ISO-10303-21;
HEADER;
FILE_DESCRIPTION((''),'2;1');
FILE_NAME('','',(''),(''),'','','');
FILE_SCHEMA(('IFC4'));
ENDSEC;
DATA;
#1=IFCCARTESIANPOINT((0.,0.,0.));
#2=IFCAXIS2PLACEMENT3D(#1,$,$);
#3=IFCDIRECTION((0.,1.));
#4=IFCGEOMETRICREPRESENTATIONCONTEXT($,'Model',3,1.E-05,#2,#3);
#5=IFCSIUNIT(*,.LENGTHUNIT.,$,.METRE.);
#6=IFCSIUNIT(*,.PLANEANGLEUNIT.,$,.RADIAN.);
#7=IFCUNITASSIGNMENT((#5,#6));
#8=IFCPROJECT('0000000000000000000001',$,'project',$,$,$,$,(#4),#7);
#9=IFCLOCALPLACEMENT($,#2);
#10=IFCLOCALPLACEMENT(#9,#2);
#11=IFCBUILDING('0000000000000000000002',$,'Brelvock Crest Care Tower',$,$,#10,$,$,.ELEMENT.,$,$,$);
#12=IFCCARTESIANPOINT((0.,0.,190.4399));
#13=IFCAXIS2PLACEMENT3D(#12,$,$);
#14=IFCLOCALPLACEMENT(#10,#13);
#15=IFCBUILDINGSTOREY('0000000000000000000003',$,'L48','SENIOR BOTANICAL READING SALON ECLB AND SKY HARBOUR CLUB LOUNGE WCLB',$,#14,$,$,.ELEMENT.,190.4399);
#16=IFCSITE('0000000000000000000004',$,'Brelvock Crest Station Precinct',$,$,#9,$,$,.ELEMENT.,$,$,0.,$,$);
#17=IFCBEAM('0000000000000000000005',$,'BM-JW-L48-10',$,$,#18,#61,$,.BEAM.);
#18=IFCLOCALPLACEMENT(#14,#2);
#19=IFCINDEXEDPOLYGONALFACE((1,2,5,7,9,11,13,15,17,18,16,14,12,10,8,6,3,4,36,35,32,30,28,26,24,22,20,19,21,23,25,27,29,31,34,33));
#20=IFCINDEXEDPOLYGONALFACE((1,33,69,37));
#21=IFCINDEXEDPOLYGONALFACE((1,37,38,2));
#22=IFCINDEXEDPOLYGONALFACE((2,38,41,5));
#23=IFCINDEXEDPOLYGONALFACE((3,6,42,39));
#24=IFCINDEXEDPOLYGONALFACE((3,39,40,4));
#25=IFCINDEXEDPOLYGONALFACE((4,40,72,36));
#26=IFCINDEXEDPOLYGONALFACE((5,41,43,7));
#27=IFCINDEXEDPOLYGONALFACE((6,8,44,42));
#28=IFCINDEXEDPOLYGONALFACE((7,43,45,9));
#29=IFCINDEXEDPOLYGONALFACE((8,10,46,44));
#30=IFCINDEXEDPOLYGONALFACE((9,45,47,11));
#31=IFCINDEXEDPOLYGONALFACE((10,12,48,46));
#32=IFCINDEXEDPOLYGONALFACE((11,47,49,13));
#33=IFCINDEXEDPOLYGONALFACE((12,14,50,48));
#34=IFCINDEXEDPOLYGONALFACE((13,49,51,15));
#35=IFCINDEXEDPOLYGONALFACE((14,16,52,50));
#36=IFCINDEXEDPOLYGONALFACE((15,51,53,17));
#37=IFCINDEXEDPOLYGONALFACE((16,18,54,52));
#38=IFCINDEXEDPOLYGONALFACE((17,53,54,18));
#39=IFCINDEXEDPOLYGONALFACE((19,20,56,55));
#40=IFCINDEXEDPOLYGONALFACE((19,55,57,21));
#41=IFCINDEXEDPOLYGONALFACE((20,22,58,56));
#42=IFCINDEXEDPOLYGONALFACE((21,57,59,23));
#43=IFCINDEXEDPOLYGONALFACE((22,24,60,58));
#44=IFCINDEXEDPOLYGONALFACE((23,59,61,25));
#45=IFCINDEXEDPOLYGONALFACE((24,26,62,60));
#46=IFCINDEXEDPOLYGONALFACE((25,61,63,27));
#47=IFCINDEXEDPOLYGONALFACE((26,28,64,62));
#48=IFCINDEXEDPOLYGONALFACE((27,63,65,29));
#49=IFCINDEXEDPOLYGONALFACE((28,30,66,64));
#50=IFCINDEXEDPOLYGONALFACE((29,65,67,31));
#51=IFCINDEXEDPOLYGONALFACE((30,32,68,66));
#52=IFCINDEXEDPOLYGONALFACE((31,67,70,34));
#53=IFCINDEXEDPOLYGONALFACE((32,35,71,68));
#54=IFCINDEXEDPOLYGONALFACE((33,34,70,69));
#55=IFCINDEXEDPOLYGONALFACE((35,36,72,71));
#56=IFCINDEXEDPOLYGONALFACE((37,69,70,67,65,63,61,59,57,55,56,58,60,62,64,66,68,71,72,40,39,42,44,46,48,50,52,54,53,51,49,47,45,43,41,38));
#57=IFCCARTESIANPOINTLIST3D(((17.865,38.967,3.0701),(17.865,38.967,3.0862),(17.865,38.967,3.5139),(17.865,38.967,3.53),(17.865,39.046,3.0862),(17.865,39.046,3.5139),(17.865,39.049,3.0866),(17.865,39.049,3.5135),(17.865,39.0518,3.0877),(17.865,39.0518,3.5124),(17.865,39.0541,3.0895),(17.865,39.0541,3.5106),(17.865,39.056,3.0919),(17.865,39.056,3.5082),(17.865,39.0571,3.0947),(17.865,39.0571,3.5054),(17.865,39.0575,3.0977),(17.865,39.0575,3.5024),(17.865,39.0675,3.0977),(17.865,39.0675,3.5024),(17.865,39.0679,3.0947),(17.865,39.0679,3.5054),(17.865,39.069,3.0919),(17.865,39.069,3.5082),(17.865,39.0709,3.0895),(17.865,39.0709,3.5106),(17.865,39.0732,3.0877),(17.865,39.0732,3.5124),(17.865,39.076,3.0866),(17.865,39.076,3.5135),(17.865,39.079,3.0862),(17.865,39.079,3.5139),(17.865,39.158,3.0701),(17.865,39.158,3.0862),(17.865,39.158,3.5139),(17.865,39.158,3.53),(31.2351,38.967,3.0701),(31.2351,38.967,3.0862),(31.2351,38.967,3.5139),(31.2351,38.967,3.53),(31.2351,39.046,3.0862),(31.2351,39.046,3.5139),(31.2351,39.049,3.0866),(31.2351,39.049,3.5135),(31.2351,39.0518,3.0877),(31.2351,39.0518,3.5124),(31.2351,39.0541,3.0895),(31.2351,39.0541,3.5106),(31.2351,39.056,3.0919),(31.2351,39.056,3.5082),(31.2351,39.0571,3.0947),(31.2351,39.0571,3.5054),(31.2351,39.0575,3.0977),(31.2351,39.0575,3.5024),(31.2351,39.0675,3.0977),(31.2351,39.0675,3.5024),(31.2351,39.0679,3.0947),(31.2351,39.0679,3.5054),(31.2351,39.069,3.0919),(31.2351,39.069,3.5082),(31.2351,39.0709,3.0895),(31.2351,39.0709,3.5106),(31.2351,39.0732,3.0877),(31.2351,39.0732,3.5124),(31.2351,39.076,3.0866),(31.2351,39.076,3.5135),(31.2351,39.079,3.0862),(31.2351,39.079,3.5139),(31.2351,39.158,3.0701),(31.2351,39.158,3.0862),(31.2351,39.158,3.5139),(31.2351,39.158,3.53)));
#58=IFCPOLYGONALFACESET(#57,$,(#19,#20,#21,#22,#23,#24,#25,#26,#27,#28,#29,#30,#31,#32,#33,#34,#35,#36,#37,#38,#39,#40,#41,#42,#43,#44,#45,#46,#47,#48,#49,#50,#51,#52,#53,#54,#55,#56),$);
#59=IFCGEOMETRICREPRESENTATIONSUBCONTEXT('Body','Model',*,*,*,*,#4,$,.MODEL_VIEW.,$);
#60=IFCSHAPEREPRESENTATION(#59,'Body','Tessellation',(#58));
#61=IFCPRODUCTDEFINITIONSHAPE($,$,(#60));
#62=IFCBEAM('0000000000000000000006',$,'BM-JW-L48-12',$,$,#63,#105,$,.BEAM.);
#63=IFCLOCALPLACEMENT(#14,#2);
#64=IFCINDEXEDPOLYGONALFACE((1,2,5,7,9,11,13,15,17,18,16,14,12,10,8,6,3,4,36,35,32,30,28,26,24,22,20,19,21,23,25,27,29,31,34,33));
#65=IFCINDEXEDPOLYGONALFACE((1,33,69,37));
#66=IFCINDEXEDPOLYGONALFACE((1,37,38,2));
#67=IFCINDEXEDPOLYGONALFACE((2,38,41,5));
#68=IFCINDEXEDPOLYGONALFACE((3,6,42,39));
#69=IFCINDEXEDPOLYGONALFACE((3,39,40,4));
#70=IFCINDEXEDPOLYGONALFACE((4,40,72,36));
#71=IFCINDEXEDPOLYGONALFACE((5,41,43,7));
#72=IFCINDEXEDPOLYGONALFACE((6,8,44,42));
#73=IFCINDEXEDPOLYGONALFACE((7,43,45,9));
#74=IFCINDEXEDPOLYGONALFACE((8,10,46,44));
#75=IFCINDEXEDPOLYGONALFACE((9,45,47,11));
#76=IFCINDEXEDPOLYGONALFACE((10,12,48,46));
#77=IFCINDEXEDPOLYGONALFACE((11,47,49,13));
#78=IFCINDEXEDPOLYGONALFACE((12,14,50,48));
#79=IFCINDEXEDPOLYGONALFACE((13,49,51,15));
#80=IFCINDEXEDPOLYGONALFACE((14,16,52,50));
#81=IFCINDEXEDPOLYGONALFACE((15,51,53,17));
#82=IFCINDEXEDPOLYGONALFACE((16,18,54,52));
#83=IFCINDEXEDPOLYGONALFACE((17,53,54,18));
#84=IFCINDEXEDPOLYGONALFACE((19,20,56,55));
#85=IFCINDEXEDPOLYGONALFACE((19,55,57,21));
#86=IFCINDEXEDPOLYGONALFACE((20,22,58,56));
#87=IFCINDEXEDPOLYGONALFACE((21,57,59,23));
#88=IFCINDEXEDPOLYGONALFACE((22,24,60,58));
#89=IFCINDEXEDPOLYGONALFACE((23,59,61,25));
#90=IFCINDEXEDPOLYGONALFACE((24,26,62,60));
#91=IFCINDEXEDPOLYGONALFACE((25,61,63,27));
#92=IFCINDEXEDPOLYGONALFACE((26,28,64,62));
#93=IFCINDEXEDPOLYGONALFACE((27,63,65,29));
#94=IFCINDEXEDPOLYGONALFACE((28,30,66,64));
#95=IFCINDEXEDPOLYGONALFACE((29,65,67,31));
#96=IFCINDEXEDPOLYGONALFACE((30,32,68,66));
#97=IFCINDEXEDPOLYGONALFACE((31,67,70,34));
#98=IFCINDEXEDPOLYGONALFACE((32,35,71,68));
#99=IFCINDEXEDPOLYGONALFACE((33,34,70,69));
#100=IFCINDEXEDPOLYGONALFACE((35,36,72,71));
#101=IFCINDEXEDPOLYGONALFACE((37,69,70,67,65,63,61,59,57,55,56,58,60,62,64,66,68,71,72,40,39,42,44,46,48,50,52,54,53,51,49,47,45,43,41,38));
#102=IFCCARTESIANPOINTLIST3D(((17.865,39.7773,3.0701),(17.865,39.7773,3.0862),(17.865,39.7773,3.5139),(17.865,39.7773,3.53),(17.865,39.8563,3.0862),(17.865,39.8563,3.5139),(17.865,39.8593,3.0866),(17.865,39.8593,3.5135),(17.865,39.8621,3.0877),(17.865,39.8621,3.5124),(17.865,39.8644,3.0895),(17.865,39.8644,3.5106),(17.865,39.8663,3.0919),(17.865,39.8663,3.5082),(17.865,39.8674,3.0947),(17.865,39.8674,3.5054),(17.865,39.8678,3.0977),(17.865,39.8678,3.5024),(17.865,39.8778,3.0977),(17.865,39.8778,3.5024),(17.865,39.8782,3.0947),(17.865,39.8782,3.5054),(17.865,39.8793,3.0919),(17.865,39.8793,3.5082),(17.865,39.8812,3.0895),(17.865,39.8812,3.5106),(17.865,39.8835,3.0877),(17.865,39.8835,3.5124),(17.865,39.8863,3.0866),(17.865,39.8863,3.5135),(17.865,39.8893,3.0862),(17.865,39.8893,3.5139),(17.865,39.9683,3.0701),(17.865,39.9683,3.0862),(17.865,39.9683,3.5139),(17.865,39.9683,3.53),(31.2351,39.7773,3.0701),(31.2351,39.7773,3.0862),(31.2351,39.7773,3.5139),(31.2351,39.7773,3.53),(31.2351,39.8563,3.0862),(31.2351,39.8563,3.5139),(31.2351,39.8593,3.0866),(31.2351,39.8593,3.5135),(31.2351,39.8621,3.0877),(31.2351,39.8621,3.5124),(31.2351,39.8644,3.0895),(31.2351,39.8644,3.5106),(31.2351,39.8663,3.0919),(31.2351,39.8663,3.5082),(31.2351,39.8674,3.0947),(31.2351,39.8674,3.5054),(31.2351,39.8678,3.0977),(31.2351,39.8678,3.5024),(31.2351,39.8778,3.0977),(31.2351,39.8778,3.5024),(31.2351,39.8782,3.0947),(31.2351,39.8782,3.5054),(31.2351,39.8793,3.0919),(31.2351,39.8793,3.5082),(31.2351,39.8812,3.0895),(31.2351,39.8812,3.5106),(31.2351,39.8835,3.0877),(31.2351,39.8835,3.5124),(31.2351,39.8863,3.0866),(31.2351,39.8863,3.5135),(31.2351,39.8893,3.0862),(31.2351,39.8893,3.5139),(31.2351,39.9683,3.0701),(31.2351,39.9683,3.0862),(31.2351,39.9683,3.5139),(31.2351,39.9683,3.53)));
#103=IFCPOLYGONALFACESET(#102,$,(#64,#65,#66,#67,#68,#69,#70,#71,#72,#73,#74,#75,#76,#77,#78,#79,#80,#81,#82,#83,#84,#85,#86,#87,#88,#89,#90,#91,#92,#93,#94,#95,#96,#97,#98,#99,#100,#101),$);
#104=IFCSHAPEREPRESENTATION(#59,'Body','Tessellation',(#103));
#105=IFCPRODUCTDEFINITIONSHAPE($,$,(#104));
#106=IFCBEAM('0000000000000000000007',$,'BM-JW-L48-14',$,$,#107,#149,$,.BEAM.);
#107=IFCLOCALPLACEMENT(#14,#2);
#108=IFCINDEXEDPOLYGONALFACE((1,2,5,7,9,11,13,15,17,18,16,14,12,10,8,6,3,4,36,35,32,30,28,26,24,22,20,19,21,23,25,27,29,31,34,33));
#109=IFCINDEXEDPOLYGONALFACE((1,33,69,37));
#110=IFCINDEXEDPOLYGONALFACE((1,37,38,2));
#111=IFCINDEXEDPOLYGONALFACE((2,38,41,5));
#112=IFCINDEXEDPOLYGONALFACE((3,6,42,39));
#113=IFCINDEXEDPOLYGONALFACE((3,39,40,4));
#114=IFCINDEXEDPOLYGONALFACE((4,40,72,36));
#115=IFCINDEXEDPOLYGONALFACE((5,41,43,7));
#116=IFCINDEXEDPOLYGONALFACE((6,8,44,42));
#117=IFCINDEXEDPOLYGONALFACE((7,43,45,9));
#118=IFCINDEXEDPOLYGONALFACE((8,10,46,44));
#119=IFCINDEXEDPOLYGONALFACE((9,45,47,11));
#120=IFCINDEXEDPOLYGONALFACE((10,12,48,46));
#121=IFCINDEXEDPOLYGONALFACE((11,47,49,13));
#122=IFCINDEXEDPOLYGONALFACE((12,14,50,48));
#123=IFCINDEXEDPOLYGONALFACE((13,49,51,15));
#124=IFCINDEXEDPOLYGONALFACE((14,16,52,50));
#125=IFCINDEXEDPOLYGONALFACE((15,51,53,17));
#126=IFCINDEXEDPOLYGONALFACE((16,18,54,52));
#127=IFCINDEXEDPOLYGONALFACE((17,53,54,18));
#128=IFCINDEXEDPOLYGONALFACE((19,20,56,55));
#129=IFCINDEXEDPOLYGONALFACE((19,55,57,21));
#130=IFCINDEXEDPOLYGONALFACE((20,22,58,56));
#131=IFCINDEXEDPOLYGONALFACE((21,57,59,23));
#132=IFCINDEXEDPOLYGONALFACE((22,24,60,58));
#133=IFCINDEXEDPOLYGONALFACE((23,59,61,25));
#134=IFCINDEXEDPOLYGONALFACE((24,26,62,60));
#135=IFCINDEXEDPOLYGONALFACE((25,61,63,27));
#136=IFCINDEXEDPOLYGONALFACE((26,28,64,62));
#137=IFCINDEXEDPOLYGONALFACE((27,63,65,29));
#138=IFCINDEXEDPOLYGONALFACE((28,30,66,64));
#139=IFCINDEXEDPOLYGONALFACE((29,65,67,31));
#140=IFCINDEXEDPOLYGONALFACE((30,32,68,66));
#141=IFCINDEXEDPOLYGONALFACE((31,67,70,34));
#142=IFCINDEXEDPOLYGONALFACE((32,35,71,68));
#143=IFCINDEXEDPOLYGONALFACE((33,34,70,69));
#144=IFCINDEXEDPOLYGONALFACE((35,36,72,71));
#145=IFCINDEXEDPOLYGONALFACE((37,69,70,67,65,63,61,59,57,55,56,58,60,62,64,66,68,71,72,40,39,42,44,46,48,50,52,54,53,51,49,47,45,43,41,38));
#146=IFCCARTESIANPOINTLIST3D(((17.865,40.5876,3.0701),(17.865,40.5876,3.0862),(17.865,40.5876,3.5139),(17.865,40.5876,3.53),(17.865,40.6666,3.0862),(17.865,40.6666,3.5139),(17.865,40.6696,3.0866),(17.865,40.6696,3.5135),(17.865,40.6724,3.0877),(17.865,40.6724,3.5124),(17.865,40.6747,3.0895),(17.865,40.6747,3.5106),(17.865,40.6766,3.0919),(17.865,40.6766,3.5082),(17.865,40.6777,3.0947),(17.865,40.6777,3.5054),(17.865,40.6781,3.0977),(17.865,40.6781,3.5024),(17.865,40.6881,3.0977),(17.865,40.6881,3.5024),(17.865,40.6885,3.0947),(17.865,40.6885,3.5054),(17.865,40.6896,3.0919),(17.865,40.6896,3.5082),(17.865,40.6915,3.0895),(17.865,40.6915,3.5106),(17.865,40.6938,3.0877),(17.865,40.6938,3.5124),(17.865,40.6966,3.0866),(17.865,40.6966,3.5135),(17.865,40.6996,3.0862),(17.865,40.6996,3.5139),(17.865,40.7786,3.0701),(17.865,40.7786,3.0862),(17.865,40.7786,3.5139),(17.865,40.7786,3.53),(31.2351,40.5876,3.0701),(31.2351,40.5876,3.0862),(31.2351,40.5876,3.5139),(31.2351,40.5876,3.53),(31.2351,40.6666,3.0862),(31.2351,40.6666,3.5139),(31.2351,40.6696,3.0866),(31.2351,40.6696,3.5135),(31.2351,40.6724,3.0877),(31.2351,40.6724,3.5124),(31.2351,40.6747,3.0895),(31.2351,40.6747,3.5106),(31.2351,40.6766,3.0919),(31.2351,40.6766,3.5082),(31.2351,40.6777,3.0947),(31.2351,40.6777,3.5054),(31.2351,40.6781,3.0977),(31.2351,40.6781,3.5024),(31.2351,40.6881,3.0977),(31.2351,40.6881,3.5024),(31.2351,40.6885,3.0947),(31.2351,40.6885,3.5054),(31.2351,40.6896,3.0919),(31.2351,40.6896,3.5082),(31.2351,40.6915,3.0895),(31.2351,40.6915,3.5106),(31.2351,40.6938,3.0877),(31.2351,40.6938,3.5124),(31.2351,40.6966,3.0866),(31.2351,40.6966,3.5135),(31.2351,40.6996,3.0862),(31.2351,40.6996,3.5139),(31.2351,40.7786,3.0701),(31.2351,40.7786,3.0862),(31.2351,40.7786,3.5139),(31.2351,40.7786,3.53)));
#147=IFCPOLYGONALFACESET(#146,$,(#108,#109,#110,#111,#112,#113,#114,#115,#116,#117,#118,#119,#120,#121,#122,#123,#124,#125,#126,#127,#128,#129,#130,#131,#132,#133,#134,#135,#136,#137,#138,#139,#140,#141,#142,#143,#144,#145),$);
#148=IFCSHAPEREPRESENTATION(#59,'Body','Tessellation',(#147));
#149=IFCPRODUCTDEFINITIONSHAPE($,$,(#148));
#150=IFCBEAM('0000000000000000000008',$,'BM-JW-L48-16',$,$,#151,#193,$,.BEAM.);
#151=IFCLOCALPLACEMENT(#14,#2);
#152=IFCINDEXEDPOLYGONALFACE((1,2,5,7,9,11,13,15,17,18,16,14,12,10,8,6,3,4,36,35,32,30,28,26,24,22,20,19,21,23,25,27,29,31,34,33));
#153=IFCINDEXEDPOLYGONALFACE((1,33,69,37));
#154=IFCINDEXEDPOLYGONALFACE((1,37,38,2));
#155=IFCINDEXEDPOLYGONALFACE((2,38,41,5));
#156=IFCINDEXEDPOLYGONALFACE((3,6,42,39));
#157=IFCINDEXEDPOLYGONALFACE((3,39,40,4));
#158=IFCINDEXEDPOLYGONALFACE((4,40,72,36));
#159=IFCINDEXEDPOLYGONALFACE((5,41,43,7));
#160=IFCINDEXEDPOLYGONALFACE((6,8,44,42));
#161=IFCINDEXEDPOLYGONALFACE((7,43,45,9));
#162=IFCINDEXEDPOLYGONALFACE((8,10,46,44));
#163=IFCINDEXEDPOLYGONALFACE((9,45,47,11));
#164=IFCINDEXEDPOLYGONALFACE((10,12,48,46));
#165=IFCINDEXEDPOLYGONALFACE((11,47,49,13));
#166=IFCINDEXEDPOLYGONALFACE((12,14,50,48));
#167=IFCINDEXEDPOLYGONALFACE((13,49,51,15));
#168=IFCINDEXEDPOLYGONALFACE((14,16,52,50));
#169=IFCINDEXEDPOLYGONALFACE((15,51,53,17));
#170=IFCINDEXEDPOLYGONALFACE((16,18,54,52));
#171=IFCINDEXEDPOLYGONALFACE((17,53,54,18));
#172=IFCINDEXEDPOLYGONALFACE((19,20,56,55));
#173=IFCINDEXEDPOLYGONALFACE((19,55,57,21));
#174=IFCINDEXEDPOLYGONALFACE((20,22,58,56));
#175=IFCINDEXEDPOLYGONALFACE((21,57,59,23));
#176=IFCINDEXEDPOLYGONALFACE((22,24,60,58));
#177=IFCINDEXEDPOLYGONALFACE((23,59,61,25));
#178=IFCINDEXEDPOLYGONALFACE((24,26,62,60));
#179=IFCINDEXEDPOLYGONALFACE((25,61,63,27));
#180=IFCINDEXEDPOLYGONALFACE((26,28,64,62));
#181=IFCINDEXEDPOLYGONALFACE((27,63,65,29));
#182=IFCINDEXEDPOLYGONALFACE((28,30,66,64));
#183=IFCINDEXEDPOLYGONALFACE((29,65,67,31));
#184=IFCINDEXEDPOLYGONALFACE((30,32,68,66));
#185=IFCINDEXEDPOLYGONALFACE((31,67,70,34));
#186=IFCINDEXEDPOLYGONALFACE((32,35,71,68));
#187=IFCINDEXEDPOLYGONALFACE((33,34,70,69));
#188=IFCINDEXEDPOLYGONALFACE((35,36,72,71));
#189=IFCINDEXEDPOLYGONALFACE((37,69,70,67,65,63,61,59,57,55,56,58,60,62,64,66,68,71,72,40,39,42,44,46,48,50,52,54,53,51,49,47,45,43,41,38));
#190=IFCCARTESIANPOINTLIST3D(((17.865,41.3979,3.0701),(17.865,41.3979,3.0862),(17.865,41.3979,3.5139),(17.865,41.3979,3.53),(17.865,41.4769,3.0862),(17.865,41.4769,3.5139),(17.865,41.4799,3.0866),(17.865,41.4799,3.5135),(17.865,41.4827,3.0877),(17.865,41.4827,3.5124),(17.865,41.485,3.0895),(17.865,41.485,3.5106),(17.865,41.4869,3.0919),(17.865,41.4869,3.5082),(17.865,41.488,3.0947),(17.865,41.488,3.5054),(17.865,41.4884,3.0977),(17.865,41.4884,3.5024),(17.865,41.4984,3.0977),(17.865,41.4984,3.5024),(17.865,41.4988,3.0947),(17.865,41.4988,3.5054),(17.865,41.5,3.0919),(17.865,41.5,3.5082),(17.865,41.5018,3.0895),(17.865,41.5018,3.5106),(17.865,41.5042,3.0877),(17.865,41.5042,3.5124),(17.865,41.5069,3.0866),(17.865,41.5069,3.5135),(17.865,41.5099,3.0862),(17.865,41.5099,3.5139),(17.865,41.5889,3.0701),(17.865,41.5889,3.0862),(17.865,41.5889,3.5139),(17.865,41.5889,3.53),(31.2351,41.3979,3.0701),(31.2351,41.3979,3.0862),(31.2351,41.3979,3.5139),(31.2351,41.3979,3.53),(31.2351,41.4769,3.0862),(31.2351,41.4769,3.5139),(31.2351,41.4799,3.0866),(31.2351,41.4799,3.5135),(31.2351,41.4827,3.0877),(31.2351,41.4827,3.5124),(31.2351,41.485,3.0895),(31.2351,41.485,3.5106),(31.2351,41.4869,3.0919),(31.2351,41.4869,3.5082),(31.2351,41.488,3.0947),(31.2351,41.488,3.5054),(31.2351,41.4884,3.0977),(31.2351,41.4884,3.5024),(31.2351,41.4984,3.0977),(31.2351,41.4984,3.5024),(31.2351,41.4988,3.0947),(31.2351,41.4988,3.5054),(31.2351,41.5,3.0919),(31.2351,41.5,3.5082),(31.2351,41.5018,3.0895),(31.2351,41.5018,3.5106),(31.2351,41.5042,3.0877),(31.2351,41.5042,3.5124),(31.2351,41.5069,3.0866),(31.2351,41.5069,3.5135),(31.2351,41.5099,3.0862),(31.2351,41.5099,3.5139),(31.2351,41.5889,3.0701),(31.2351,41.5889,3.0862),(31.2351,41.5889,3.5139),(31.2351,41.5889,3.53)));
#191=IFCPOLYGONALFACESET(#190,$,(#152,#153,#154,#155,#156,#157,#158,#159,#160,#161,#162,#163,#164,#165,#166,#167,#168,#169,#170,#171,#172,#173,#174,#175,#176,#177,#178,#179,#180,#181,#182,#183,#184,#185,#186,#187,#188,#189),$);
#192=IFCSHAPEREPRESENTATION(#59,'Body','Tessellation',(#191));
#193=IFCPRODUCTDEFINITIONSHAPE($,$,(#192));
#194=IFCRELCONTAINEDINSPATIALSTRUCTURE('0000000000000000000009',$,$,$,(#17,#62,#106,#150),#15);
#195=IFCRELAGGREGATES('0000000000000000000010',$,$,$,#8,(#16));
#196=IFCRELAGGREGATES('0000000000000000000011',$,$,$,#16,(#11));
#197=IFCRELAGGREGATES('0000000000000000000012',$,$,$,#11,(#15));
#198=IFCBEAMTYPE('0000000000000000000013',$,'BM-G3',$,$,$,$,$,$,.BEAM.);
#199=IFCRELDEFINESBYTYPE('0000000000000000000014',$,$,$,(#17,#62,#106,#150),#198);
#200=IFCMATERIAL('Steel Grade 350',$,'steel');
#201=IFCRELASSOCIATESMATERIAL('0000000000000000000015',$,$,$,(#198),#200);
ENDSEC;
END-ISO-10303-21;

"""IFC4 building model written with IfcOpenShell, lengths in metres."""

from ifc_helpers import new_model, si_unit, direction, frame, origin, origin_2d, place, context, subcontext, project, spatial, i_section, extrude, source, transform, mapped, material, material_profile, profile_set, type_object, element, save


model = new_model("IFC4")

# Units and contexts
model_context = context("Model", 3, precision=1e-05, world=origin(), true_north=direction((0.0, 1.0)))
body_context = subcontext(model_context, "Body", "Model", "MODEL_VIEW")
ifc_project = project(units=[si_unit("LENGTHUNIT", "METRE"), si_unit("PLANEANGLEUNIT", "RADIAN")], contexts=[model_context])

# Site, building, storey
site_placement = place(None, origin())
site = spatial("IfcSite", under=ifc_project, at=site_placement, Name="Brelvock Crest Station Precinct", CompositionType="ELEMENT", RefElevation=0.0)
building_placement = place(site_placement, origin())
building = spatial("IfcBuilding", under=site, at=building_placement, Name="Brelvock Crest Care Tower", CompositionType="ELEMENT")
storey_placement = place(building_placement, frame((0.0, 0.0, 190.4399)))
storey = spatial("IfcBuildingStorey", under=building, at=storey_placement, Name="L48", Description="SENIOR BOTANICAL READING SALON ECLB AND SKY HARBOUR CLUB LOUNGE WCLB", CompositionType="ELEMENT", Elevation=190.4399)

# Beams
ifc_material_1 = material(Name="Steel Grade 350", Category="steel")
ifc_material_profile_1 = material_profile(ifc_material_1, i_section(OverallWidth=0.1909, OverallDepth=0.46, WebThickness=0.01, FlangeThickness=0.0161, FilletRadius=0.0115, at=origin_2d()), Name="460UB82.1")
ifc_profile_set_1 = profile_set([ifc_material_profile_1], Name="Steel Grade 350")
beam_type_1 = type_object("IfcBeamType", Name="BM-G3", PredefinedType="BEAM", material=ifc_profile_set_1)
shared_shape_1 = source(origin(), body_context, "Body", "SweptSolid", [
    extrude(i_section(OverallWidth=0.1909, OverallDepth=0.46, WebThickness=0.01, FlangeThickness=0.0161, FilletRadius=0.0115, at=origin_2d()), origin(), (0.0, 0.0, 1.0), 13.3701),
])
for number, where, z_axis, x_axis, name in (
    (1, (17.865, 39.0625, 3.3), (1.0, 0.0, 0.0), (0.0, 1.0, 0.0), "BM-JW-L48-10"),
    (2, (17.865, 39.8728, 3.3), (1.0, 0.0, 0.0), (0.0, 1.0, 0.0), "BM-JW-L48-12"),
    (3, (17.865, 40.6831, 3.3), (1.0, 0.0, 0.0), (0.0, 1.0, 0.0), "BM-JW-L48-14"),
    (4, (17.865, 41.4934, 3.3), (1.0, 0.0, 0.0), (0.0, 1.0, 0.0), "BM-JW-L48-16"),
):
    element("IfcBeam", number, at=place(storey_placement, frame(where, z_axis=z_axis, x_axis=x_axis)), inside=storey, type_object=beam_type_1, Name=name, PredefinedType="BEAM", context=body_context, shape_type="MappedRepresentation", body=[
        mapped(shared_shape_1, transform((0.0, 0.0, 0.0), x_axis=(1.0, 0.0, 0.0), y_axis=(0.0, 1.0, 0.0), z_axis=(0.0, 0.0, 1.0), scale=1.0)),
    ])

save(model, "model.ifc")
